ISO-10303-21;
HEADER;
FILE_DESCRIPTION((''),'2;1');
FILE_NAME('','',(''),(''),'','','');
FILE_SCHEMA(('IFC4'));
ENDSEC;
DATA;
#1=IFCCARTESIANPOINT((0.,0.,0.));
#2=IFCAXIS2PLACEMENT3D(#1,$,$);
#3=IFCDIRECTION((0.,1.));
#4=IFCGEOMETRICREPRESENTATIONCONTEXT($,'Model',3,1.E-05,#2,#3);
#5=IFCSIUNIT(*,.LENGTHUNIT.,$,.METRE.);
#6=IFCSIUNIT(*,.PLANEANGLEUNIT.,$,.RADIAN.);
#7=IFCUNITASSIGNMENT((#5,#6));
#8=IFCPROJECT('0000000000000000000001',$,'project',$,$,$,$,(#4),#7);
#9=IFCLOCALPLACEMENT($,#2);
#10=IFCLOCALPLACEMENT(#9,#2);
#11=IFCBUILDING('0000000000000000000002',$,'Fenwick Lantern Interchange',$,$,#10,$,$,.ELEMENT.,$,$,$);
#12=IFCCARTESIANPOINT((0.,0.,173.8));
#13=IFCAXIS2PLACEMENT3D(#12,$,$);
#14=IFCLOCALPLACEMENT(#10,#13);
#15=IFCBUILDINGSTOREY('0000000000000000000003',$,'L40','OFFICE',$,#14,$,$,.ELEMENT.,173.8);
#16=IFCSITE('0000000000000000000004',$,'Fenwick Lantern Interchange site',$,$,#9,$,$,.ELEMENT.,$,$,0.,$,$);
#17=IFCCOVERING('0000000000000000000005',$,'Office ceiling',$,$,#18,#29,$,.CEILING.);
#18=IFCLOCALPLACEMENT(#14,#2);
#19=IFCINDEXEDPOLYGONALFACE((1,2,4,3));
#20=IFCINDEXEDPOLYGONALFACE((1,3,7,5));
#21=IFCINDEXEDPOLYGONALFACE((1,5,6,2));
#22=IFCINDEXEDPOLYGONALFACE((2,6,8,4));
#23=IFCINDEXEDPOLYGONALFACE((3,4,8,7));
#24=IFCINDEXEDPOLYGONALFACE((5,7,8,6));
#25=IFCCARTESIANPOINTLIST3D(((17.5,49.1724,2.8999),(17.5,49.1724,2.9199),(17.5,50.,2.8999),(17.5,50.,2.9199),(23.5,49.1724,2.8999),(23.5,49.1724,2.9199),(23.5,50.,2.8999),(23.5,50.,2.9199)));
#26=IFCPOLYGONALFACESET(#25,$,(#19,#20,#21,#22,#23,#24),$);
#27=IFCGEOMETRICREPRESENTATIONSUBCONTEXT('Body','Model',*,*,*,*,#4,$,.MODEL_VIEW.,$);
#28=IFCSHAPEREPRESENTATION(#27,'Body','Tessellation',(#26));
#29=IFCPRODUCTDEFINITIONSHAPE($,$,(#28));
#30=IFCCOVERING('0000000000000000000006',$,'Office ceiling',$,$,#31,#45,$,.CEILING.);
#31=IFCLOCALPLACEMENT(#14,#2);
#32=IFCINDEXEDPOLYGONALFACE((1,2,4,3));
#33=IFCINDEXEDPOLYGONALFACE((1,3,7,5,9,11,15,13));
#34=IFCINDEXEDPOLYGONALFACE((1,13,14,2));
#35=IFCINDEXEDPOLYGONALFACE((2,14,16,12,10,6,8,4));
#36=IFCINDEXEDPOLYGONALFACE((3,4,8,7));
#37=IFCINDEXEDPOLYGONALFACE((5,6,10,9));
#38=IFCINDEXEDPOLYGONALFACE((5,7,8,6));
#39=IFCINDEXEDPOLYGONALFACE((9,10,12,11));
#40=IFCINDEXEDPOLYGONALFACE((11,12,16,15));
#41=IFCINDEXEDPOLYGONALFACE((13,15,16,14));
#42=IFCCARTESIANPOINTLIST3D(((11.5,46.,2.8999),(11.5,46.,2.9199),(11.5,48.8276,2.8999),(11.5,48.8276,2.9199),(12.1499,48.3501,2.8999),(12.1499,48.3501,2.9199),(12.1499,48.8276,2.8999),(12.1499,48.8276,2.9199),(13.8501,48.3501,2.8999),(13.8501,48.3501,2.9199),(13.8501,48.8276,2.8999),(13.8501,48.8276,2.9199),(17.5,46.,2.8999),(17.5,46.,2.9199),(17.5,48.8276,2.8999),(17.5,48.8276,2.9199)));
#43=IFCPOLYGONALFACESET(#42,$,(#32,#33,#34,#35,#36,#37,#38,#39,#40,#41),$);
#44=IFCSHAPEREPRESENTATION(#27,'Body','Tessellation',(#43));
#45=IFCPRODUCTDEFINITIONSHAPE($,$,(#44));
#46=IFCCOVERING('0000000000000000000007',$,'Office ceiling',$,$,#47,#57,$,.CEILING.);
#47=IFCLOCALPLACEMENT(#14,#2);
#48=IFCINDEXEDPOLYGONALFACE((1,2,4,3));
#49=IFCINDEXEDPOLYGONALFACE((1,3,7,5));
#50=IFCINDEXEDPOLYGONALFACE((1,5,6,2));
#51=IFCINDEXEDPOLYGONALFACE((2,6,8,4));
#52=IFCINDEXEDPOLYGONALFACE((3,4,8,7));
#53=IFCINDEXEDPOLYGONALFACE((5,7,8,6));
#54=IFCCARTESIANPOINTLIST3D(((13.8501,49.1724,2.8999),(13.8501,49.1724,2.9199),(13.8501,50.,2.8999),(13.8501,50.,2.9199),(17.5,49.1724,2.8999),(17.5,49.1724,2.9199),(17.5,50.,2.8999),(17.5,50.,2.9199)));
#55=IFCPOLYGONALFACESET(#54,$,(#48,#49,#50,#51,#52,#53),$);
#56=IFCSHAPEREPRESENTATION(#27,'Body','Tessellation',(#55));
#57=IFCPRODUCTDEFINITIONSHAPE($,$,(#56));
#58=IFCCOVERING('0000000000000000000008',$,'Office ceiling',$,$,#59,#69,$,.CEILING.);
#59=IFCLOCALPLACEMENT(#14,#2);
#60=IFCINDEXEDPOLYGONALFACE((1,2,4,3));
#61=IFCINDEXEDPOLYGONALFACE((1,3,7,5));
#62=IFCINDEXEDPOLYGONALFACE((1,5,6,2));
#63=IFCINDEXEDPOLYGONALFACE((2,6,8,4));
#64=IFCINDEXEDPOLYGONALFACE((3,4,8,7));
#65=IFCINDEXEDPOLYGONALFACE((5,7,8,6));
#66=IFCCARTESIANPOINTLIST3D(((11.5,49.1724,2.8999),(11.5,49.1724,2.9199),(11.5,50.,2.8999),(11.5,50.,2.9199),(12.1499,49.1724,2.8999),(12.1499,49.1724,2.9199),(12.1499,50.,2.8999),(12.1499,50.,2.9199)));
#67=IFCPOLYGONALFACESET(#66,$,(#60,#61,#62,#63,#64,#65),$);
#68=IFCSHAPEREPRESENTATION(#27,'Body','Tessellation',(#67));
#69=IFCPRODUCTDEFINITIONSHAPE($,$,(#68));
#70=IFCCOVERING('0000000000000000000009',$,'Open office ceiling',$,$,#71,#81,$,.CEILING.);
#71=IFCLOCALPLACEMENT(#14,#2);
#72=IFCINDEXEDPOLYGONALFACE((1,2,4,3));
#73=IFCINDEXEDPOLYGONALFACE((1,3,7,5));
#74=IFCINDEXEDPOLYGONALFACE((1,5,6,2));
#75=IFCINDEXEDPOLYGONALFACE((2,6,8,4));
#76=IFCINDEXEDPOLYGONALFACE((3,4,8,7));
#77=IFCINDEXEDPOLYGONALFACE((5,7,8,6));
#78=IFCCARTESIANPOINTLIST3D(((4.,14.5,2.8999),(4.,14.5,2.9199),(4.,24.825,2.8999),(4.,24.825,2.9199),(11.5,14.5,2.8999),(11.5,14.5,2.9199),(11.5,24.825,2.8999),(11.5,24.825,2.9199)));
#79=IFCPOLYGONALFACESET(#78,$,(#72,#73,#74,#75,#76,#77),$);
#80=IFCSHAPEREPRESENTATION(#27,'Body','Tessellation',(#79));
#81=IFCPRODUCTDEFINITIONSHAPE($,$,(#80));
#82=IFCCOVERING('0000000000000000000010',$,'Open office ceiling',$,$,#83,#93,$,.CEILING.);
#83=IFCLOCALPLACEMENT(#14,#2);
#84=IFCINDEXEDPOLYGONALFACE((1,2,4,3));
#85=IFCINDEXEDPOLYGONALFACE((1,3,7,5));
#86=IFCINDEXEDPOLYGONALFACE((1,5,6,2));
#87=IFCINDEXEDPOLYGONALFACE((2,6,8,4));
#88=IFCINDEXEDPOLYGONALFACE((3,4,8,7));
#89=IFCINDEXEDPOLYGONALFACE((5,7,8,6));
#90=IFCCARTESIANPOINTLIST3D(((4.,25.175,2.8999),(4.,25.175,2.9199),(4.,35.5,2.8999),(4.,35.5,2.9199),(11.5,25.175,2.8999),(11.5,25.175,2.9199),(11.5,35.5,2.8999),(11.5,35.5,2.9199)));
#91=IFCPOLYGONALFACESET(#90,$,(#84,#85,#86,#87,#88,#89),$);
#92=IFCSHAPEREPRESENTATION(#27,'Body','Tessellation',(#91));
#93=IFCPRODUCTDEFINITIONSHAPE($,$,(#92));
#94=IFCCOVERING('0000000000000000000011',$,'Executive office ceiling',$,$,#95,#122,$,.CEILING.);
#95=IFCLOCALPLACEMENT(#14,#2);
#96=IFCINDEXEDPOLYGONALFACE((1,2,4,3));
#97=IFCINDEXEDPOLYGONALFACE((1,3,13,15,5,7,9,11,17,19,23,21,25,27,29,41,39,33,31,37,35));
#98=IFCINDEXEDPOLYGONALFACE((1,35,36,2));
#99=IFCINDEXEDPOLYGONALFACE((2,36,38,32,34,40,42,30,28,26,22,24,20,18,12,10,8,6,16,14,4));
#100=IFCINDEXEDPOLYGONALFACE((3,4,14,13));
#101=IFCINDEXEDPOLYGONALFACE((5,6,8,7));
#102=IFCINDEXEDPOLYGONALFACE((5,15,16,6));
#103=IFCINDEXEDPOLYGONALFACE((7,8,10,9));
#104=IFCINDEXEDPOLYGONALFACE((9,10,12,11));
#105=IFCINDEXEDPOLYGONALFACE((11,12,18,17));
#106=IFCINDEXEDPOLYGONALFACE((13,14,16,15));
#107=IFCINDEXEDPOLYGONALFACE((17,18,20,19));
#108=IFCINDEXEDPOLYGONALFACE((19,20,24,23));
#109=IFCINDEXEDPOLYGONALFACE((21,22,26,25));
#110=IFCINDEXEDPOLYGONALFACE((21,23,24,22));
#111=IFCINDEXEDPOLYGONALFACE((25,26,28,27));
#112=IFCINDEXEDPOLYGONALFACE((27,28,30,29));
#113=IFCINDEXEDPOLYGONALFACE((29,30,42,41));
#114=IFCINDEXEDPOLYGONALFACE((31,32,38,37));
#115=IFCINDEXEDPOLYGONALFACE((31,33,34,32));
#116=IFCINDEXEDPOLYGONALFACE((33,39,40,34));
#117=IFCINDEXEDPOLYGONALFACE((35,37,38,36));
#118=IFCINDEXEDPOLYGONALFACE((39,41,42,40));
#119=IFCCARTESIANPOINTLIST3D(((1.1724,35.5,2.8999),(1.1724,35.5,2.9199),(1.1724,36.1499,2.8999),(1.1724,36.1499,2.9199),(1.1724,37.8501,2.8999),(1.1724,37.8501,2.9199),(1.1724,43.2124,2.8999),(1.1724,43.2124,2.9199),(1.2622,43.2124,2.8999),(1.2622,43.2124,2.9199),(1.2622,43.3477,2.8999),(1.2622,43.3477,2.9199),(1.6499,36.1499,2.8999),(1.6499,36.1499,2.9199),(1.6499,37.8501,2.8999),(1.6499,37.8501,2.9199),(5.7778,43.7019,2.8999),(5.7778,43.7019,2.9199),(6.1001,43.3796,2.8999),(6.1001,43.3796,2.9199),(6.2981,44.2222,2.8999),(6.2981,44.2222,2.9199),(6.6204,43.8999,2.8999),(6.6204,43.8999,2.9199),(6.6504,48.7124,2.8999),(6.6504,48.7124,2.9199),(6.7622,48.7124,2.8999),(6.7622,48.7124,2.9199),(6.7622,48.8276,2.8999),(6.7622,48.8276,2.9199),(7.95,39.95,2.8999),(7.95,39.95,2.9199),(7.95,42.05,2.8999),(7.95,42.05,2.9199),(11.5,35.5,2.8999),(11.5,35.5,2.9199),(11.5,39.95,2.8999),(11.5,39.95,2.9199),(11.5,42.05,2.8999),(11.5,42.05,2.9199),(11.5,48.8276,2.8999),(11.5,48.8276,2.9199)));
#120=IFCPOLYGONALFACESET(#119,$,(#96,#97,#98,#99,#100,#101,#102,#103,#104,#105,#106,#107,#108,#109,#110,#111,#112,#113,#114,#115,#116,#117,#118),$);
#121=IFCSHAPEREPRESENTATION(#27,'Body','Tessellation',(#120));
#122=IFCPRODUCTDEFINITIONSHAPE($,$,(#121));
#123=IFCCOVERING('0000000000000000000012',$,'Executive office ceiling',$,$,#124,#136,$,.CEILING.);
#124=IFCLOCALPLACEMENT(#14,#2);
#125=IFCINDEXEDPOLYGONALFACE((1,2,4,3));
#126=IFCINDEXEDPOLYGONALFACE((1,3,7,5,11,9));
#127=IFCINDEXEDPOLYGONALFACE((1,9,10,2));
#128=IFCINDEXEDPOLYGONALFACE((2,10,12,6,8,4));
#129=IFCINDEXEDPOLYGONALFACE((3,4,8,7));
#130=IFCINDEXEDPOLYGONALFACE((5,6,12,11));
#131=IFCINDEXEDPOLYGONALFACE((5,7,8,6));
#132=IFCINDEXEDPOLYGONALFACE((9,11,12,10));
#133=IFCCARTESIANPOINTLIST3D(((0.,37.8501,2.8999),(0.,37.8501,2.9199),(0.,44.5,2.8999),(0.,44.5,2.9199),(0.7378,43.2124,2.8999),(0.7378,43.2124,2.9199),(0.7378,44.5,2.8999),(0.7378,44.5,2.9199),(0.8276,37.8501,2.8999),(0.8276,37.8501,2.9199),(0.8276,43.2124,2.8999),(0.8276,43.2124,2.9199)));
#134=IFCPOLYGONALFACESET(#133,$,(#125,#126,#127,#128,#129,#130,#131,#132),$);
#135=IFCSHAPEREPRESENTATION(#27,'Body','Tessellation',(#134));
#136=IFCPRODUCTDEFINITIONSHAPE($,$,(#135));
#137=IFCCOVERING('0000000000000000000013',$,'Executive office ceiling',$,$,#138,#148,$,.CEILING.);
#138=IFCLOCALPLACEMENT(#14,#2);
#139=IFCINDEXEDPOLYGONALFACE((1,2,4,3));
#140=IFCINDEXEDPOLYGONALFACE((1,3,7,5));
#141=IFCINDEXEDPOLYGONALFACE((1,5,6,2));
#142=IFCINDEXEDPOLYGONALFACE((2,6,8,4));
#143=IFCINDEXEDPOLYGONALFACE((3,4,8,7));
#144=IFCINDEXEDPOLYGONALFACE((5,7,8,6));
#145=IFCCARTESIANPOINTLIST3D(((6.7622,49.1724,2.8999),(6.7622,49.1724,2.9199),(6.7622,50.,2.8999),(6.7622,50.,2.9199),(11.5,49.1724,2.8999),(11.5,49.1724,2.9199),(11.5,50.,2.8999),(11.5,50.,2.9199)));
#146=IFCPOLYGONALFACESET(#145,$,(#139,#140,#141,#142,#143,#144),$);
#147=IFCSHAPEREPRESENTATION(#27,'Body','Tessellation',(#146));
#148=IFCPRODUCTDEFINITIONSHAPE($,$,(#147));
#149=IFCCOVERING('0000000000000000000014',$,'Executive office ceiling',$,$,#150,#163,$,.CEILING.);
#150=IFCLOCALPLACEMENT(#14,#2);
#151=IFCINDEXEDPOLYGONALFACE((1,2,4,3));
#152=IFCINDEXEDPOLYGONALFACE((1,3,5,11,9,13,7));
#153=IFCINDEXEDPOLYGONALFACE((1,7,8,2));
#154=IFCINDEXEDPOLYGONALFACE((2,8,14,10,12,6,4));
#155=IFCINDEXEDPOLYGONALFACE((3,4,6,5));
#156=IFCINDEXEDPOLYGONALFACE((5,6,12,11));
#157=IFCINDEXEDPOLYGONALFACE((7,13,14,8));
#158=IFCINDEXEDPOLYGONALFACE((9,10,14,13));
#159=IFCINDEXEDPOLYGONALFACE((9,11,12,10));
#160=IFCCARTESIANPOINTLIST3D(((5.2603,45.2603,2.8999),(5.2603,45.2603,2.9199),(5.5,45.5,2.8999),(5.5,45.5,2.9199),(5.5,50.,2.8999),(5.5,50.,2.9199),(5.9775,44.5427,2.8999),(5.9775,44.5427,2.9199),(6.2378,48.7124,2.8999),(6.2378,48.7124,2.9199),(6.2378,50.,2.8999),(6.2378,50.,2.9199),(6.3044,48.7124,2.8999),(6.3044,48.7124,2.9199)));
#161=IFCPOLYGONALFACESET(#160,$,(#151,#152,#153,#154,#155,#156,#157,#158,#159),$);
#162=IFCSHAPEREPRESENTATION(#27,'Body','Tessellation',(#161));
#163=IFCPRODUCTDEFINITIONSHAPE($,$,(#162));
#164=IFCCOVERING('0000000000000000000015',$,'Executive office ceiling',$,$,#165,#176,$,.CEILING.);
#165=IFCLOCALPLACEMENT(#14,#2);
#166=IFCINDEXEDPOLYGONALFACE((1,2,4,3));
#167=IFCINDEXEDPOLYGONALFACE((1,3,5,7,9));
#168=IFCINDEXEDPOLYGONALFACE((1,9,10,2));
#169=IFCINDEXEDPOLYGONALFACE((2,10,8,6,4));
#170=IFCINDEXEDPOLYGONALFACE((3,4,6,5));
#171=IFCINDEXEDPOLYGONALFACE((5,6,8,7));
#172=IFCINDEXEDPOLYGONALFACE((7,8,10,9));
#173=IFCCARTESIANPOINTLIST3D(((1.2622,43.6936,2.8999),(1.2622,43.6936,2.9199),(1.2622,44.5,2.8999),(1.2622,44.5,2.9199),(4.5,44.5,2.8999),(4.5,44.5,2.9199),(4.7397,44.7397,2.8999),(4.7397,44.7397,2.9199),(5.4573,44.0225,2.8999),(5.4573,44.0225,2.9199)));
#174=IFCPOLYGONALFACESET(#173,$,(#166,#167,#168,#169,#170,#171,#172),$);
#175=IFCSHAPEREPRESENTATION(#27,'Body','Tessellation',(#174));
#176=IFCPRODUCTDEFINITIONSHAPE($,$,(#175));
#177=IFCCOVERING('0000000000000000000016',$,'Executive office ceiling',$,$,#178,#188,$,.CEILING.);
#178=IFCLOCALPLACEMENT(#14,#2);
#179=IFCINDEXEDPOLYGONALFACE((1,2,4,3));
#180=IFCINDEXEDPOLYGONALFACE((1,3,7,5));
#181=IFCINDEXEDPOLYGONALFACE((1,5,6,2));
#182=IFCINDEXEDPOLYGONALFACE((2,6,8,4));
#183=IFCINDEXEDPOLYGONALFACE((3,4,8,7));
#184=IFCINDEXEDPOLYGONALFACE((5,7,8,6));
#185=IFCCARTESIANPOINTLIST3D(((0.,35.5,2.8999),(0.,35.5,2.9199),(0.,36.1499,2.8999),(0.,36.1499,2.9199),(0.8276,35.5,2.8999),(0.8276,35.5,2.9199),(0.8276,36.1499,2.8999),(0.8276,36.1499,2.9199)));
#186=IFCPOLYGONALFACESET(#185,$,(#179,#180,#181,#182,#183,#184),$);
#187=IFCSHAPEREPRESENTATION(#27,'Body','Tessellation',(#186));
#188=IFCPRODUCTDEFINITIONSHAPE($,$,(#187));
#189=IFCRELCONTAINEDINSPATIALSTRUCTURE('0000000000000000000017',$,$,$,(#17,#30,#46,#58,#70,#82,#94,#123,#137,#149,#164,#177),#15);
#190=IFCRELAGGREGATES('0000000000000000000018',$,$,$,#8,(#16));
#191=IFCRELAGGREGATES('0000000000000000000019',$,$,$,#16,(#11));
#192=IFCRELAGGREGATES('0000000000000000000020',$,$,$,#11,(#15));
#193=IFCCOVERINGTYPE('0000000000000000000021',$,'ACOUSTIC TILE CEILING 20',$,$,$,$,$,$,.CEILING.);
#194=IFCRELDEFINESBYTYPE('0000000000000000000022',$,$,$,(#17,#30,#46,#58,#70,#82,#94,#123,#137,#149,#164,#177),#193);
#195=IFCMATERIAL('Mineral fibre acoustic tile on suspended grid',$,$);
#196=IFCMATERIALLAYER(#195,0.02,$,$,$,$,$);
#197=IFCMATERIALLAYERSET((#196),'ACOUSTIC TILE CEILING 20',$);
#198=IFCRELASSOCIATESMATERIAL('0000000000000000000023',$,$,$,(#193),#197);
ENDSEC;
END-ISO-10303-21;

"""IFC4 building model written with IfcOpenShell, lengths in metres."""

from ifc_helpers import new_model, si_unit, direction, frame, origin, place, context, subcontext, project, spatial, polyline, outline, extrude, material, layer, layer_set, type_object, element, save


model = new_model("IFC4")

# Units and contexts
model_context = context("Model", 3, precision=1e-05, world=origin(), true_north=direction((0.0, 1.0)))
body_context = subcontext(model_context, "Body", "Model", "MODEL_VIEW")
ifc_project = project(units=[si_unit("LENGTHUNIT", "METRE"), si_unit("PLANEANGLEUNIT", "RADIAN")], contexts=[model_context])

# Site, building, storey
site_placement = place(None, origin())
site = spatial("IfcSite", under=ifc_project, at=site_placement, Name="Fenwick Lantern Interchange site", CompositionType="ELEMENT", RefElevation=0.0)
building_placement = place(site_placement, origin())
building = spatial("IfcBuilding", under=site, at=building_placement, Name="Fenwick Lantern Interchange", CompositionType="ELEMENT")
storey_placement = place(building_placement, frame((0.0, 0.0, 173.8)))
storey = spatial("IfcBuildingStorey", under=building, at=storey_placement, Name="L40", Description="OFFICE", CompositionType="ELEMENT", Elevation=173.8)

# Coverings
ifc_material_1 = material(Name="Mineral fibre acoustic tile on suspended grid")
ifc_layer_1 = layer(ifc_material_1, 0.02)
ifc_layer_set_1 = layer_set([ifc_layer_1], Name="ACOUSTIC TILE CEILING 20")
covering_type_1 = type_object("IfcCoveringType", Name="ACOUSTIC TILE CEILING 20", PredefinedType="CEILING", material=ifc_layer_set_1)
covering_1_placement = place(storey_placement, frame((0.0, 0.0, 2.8999)))
element("IfcCovering", 1, at=covering_1_placement, inside=storey, type_object=covering_type_1, Name="Office ceiling", PredefinedType="CEILING", context=body_context, shape_type="SweptSolid", body=[
    extrude(outline(polyline([(17.5, 50.0), (17.5, 49.1724), (23.5, 49.1724), (23.5, 50.0), (17.5, 50.0)])), origin(), (0.0, 0.0, 1.0), 0.02),
])
covering_2_placement = place(storey_placement, frame((0.0, 0.0, 2.8999)))
element("IfcCovering", 2, at=covering_2_placement, inside=storey, type_object=covering_type_1, Name="Office ceiling", PredefinedType="CEILING", context=body_context, shape_type="SweptSolid", body=[
    extrude(outline(polyline([(17.5, 46.0), (17.5, 48.8276), (13.8501, 48.8276), (13.8501, 48.3501), (12.1499, 48.3501), (12.1499, 48.8276), (11.5, 48.8276), (11.5, 46.0), (17.5, 46.0)])), origin(), (0.0, 0.0, 1.0), 0.02),
])
covering_3_placement = place(storey_placement, frame((0.0, 0.0, 2.8999)))
element("IfcCovering", 3, at=covering_3_placement, inside=storey, type_object=covering_type_1, Name="Office ceiling", PredefinedType="CEILING", context=body_context, shape_type="SweptSolid", body=[
    extrude(outline(polyline([(17.5, 49.1724), (17.5, 50.0), (13.8501, 50.0), (13.8501, 49.1724), (17.5, 49.1724)])), origin(), (0.0, 0.0, 1.0), 0.02),
])
covering_4_placement = place(storey_placement, frame((0.0, 0.0, 2.8999)))
element("IfcCovering", 4, at=covering_4_placement, inside=storey, type_object=covering_type_1, Name="Office ceiling", PredefinedType="CEILING", context=body_context, shape_type="SweptSolid", body=[
    extrude(outline(polyline([(11.5, 50.0), (11.5, 49.1724), (12.1499, 49.1724), (12.1499, 50.0), (11.5, 50.0)])), origin(), (0.0, 0.0, 1.0), 0.02),
])
covering_5_placement = place(storey_placement, frame((0.0, 0.0, 2.8999)))
element("IfcCovering", 5, at=covering_5_placement, inside=storey, type_object=covering_type_1, Name="Open office ceiling", PredefinedType="CEILING", context=body_context, shape_type="SweptSolid", body=[
    extrude(outline(polyline([(11.5, 14.5), (11.5, 24.825), (4.0, 24.825), (4.0, 14.5), (11.5, 14.5)])), origin(), (0.0, 0.0, 1.0), 0.02),
])
covering_6_placement = place(storey_placement, frame((0.0, 0.0, 2.8999)))
element("IfcCovering", 6, at=covering_6_placement, inside=storey, type_object=covering_type_1, Name="Open office ceiling", PredefinedType="CEILING", context=body_context, shape_type="SweptSolid", body=[
    extrude(outline(polyline([(11.5, 25.175), (11.5, 35.5), (4.0, 35.5), (4.0, 25.175), (11.5, 25.175)])), origin(), (0.0, 0.0, 1.0), 0.02),
])
covering_7_placement = place(storey_placement, frame((0.0, 0.0, 2.8999)))
element("IfcCovering", 7, at=covering_7_placement, inside=storey, type_object=covering_type_1, Name="Executive office ceiling", PredefinedType="CEILING", context=body_context, shape_type="SweptSolid", body=[
    extrude(outline(polyline([(6.7622, 48.7124), (6.6504, 48.7124), (6.2981, 44.2222), (6.6204, 43.8999), (6.1001, 43.3796), (5.7778, 43.7019), (1.2622, 43.3477), (1.2622, 43.2124), (1.1724, 43.2124), (1.1724, 37.8501), (1.6499, 37.8501), (1.6499, 36.1499), (1.1724, 36.1499), (1.1724, 35.5), (11.5, 35.5), (11.5, 39.95), (7.95, 39.95), (7.95, 42.05), (11.5, 42.05), (11.5, 48.8276), (6.7622, 48.8276), (6.7622, 48.7124)])), origin(), (0.0, 0.0, 1.0), 0.02),
])
covering_8_placement = place(storey_placement, frame((0.0, 0.0, 2.8999)))
element("IfcCovering", 8, at=covering_8_placement, inside=storey, type_object=covering_type_1, Name="Executive office ceiling", PredefinedType="CEILING", context=body_context, shape_type="SweptSolid", body=[
    extrude(outline(polyline([(0.0, 37.8501), (0.8276, 37.8501), (0.8276, 43.2124), (0.7378, 43.2124), (0.7378, 44.5), (0.0, 44.5), (0.0, 37.8501)])), origin(), (0.0, 0.0, 1.0), 0.02),
])
covering_9_placement = place(storey_placement, frame((0.0, 0.0, 2.8999)))
element("IfcCovering", 9, at=covering_9_placement, inside=storey, type_object=covering_type_1, Name="Executive office ceiling", PredefinedType="CEILING", context=body_context, shape_type="SweptSolid", body=[
    extrude(outline(polyline([(6.7622, 50.0), (6.7622, 49.1724), (11.5, 49.1724), (11.5, 50.0), (6.7622, 50.0)])), origin(), (0.0, 0.0, 1.0), 0.02),
])
covering_10_placement = place(storey_placement, frame((0.0, 0.0, 2.8999)))
element("IfcCovering", 10, at=covering_10_placement, inside=storey, type_object=covering_type_1, Name="Executive office ceiling", PredefinedType="CEILING", context=body_context, shape_type="SweptSolid", body=[
    extrude(outline(polyline([(6.3044, 48.7124), (6.2378, 48.7124), (6.2378, 50.0), (5.5, 50.0), (5.5, 45.5), (5.2603, 45.2603), (5.9775, 44.5427), (6.3044, 48.7124)])), origin(), (0.0, 0.0, 1.0), 0.02),
])
covering_11_placement = place(storey_placement, frame((0.0, 0.0, 2.8999)))
element("IfcCovering", 11, at=covering_11_placement, inside=storey, type_object=covering_type_1, Name="Executive office ceiling", PredefinedType="CEILING", context=body_context, shape_type="SweptSolid", body=[
    extrude(outline(polyline([(1.2622, 44.5), (1.2622, 43.6936), (5.4573, 44.0225), (4.7397, 44.7397), (4.5, 44.5), (1.2622, 44.5)])), origin(), (0.0, 0.0, 1.0), 0.02),
])
covering_12_placement = place(storey_placement, frame((0.0, 0.0, 2.8999)))
element("IfcCovering", 12, at=covering_12_placement, inside=storey, type_object=covering_type_1, Name="Executive office ceiling", PredefinedType="CEILING", context=body_context, shape_type="SweptSolid", body=[
    extrude(outline(polyline([(0.0, 35.5), (0.8276, 35.5), (0.8276, 36.1499), (0.0, 36.1499), (0.0, 35.5)])), origin(), (0.0, 0.0, 1.0), 0.02),
])

save(model, "model.ifc")
